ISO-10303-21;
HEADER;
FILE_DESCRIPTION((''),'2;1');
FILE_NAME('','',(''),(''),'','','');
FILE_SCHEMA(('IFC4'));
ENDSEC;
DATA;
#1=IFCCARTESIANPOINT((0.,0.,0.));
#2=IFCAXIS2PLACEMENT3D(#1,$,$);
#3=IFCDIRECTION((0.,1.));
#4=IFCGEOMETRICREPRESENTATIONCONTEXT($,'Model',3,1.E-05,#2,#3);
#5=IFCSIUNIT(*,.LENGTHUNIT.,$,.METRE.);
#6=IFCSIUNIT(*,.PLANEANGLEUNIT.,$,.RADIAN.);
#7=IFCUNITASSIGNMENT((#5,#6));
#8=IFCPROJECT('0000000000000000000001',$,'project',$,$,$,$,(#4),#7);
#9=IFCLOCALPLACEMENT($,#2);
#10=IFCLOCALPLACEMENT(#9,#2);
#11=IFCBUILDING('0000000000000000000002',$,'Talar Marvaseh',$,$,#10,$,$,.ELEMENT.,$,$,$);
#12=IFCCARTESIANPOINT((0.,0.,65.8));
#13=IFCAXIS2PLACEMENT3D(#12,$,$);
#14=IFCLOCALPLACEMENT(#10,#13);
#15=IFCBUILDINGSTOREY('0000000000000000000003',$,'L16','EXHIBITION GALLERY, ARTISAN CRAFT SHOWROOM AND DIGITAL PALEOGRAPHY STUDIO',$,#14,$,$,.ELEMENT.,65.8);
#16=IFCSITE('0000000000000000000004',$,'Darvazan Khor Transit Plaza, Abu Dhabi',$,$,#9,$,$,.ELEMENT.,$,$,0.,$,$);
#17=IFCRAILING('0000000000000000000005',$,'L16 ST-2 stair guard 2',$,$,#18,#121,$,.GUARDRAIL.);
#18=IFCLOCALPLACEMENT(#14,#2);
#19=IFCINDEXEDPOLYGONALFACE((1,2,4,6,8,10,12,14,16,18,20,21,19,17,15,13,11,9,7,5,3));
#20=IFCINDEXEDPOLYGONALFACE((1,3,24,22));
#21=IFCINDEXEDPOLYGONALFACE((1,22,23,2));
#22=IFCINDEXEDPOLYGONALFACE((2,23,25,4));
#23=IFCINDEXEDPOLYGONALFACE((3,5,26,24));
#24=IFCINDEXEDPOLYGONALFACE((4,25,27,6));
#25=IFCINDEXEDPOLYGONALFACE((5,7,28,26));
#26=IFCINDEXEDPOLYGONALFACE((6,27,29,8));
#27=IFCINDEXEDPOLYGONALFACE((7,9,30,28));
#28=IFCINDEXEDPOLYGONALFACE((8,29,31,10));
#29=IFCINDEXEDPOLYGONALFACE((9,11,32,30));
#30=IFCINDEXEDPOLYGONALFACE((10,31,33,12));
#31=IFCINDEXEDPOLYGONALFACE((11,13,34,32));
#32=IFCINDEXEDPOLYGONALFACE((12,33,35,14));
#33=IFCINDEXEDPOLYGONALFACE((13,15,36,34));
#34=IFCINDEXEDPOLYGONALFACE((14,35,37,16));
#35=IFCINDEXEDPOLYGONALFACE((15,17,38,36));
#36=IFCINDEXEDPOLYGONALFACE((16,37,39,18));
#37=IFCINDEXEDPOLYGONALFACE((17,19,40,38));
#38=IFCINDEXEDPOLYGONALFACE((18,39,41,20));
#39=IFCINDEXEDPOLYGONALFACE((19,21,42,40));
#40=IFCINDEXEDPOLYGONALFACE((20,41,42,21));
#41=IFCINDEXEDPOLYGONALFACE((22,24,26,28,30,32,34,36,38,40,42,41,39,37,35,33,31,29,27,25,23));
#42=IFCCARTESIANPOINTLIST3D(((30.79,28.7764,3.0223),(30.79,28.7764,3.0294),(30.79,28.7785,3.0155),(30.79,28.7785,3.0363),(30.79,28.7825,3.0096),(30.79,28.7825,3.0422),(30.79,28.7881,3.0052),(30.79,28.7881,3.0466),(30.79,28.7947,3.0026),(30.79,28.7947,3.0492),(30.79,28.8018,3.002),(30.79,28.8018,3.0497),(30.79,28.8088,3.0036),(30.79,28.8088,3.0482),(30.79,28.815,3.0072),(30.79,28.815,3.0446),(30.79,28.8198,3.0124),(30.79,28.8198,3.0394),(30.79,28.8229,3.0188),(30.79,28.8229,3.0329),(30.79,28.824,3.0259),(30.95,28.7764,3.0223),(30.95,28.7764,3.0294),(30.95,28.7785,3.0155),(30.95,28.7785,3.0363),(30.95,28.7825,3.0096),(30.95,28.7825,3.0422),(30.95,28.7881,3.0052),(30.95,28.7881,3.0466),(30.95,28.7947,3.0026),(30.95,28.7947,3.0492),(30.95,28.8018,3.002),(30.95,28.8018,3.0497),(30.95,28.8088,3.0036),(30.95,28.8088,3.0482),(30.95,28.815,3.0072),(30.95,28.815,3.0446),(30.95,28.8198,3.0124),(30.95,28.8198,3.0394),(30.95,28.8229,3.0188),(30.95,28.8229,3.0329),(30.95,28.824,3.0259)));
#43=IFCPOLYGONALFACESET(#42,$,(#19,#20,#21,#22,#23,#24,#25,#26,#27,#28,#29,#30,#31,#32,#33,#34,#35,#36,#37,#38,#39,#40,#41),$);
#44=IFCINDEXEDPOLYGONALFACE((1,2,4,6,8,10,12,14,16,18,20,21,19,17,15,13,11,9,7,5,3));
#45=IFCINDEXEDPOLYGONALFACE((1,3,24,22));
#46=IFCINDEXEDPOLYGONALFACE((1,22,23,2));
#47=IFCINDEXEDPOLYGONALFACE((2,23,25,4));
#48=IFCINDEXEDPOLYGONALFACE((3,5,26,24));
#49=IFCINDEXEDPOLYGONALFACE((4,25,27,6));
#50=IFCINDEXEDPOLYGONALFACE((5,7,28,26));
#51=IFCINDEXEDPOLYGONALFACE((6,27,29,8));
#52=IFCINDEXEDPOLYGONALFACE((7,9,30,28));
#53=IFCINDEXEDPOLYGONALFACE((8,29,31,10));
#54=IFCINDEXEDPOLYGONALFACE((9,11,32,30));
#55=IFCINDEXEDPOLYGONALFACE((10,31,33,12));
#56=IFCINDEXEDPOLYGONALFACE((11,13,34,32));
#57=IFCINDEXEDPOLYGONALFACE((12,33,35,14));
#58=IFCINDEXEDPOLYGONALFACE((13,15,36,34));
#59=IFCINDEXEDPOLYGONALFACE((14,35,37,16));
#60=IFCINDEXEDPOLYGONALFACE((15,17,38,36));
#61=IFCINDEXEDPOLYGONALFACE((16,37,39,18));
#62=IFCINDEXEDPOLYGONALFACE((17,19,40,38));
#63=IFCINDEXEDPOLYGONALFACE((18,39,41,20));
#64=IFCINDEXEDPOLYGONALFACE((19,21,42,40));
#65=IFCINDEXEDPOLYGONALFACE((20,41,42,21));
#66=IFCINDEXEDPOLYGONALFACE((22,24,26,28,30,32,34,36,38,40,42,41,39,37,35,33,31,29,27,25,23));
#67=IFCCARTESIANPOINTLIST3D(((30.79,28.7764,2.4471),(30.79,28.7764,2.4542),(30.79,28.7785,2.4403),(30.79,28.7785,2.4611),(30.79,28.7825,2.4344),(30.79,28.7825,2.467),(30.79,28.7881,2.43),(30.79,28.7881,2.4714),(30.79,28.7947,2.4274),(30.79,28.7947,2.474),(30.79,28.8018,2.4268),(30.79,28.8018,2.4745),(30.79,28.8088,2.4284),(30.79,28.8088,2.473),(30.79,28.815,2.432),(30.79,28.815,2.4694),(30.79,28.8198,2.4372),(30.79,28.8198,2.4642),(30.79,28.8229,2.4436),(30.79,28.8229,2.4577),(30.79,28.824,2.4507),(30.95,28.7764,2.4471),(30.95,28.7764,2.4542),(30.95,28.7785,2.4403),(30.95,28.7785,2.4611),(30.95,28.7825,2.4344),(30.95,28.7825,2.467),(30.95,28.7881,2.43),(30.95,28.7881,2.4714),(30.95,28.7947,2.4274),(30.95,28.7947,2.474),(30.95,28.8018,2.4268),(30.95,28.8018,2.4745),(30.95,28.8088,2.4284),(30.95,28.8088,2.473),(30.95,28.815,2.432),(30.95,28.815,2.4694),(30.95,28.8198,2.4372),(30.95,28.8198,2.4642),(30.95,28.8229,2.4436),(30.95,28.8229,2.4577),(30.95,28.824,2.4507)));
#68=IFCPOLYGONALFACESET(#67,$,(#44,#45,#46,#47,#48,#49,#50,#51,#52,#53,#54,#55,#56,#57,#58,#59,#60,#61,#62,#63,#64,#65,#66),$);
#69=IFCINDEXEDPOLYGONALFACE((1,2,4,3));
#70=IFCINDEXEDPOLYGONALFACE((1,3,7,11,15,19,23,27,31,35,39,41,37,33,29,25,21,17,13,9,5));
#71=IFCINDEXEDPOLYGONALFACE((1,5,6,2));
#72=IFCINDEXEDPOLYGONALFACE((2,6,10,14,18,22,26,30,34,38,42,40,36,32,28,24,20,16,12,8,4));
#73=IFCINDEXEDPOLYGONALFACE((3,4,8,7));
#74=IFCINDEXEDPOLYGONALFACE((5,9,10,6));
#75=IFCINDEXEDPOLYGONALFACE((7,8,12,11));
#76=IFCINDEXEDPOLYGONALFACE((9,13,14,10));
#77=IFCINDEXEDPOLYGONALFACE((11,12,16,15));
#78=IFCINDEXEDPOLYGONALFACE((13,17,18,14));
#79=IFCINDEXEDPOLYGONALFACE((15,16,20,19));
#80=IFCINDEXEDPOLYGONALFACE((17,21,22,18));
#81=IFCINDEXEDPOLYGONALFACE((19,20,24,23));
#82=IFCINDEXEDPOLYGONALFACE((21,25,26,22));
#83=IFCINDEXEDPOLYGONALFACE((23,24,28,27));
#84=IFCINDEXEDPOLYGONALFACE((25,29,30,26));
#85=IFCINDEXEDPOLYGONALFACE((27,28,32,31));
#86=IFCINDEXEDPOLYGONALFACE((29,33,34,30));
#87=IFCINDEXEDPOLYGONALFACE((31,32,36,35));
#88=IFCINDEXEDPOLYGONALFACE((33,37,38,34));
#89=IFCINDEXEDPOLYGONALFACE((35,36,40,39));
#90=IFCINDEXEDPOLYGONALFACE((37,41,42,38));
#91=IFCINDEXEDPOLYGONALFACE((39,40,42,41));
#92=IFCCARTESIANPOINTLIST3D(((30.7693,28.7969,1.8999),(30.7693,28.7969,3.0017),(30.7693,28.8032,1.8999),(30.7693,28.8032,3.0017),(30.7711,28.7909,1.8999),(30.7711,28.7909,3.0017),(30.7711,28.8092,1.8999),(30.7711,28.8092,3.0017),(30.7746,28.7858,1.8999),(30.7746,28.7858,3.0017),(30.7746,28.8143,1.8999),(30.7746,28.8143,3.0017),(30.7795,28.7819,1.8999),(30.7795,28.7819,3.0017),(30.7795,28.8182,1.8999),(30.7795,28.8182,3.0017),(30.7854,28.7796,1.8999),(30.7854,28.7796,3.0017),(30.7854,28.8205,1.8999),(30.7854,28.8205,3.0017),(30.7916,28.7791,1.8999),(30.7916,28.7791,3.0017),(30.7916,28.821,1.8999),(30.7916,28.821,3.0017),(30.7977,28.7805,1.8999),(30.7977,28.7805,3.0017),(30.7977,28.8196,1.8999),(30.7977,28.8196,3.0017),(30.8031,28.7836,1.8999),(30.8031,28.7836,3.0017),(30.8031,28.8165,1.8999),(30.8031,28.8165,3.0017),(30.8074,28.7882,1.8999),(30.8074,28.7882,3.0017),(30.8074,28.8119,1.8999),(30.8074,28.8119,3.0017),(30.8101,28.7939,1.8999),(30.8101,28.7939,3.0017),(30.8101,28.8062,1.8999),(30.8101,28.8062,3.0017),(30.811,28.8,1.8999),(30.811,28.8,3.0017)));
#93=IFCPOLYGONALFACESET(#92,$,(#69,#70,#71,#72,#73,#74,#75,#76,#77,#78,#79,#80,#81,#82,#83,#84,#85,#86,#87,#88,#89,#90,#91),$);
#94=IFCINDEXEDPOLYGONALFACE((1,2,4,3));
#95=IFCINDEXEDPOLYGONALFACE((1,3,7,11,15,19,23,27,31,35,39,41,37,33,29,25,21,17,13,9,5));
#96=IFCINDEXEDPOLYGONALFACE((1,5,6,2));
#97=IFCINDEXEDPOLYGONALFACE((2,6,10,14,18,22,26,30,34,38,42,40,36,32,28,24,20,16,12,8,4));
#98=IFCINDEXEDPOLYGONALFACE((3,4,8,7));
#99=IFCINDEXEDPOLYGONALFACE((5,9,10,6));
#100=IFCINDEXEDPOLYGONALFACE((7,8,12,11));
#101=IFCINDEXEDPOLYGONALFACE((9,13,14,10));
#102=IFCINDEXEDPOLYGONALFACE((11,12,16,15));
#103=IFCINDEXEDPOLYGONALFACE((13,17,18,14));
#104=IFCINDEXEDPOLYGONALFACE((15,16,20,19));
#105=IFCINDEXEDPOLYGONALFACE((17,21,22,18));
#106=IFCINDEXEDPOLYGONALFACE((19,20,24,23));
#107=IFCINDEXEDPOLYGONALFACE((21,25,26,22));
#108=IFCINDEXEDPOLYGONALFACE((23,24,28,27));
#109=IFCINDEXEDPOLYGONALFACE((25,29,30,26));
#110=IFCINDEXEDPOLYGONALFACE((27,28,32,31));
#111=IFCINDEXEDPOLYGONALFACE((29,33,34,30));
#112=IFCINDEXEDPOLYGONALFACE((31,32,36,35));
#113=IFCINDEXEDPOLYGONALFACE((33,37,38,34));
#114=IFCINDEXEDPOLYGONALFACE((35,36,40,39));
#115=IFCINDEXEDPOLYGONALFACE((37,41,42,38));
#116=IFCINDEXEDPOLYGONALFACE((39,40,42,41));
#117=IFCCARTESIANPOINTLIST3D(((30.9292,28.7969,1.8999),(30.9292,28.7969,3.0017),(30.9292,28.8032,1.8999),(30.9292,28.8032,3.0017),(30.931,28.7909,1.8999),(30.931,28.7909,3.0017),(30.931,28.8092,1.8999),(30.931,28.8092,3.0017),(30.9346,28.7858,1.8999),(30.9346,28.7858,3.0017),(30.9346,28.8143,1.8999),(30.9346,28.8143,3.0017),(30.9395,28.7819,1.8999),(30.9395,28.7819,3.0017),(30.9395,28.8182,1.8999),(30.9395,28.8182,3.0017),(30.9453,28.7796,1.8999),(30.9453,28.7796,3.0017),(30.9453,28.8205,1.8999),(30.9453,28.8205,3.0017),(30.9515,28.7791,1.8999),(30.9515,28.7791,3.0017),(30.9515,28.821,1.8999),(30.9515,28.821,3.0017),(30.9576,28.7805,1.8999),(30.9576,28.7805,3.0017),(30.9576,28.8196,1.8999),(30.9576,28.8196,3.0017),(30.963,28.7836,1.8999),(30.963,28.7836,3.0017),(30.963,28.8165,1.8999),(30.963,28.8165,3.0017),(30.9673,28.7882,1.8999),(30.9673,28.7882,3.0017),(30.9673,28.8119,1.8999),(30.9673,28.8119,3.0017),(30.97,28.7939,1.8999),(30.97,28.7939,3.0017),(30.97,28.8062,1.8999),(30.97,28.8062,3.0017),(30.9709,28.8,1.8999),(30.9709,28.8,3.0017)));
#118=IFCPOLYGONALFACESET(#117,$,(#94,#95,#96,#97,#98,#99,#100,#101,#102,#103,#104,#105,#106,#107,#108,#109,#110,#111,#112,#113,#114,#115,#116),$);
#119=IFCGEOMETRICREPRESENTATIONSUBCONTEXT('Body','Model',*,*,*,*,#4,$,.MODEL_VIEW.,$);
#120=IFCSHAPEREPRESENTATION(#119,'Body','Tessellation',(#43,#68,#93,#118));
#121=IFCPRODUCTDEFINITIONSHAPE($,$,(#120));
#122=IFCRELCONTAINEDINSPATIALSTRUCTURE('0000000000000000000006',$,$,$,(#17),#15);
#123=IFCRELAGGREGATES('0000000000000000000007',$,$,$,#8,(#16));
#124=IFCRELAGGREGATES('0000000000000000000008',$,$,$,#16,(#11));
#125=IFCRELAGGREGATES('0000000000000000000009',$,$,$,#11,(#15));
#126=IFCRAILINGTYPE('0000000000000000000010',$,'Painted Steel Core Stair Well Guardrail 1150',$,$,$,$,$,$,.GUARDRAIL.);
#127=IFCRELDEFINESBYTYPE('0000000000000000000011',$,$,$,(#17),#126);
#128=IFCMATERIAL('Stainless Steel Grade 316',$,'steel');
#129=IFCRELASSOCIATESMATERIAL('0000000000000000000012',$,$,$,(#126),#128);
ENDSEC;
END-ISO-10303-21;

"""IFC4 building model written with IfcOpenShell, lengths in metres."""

from ifc_helpers import new_model, si_unit, direction, frame, origin, origin_2d, place, context, subcontext, project, spatial, circle, extrude, material, type_object, element, save


model = new_model("IFC4")

# Units and contexts
model_context = context("Model", 3, precision=1e-05, world=origin(), true_north=direction((0.0, 1.0)))
body_context = subcontext(model_context, "Body", "Model", "MODEL_VIEW")
ifc_project = project(units=[si_unit("LENGTHUNIT", "METRE"), si_unit("PLANEANGLEUNIT", "RADIAN")], contexts=[model_context])

# Site, building, storey
site_placement = place(None, origin())
site = spatial("IfcSite", under=ifc_project, at=site_placement, Name="Darvazan Khor Transit Plaza, Abu Dhabi", CompositionType="ELEMENT", RefElevation=0.0)
building_placement = place(site_placement, origin())
building = spatial("IfcBuilding", under=site, at=building_placement, Name="Talar Marvaseh", CompositionType="ELEMENT")
storey_placement = place(building_placement, frame((0.0, 0.0, 65.8)))
storey = spatial("IfcBuildingStorey", under=building, at=storey_placement, Name="L16", Description="EXHIBITION GALLERY, ARTISAN CRAFT SHOWROOM AND DIGITAL PALEOGRAPHY STUDIO", CompositionType="ELEMENT", Elevation=65.8)

# Railing
ifc_material_1 = material(Name="Stainless Steel Grade 316", Category="steel")
railing_type_1 = type_object("IfcRailingType", Name="Painted Steel Core Stair Well Guardrail 1150", PredefinedType="GUARDRAIL", material=ifc_material_1)
railing_1_placement = place(storey_placement, frame((30.79, 28.8, 1.8999)))
element("IfcRailing", 1, at=railing_1_placement, inside=storey, type_object=railing_type_1, Name="L16 ST-2 stair guard 2", PredefinedType="GUARDRAIL", context=body_context, shape_type="SweptSolid", body=[
    extrude(circle(Radius=0.0239, at=origin_2d()), frame((0.0, 0.0, 1.126), z_axis=(1.0, 0.0, 0.0), x_axis=(0.0, 1.0, 0.0)), (0.0, 0.0, 1.0), 0.1599),
    extrude(circle(Radius=0.0239, at=origin_2d()), frame((0.0, 0.0, 0.5508), z_axis=(1.0, 0.0, 0.0), x_axis=(0.0, 1.0, 0.0)), (0.0, 0.0, 1.0), 0.1599),
    extrude(circle(Radius=0.021, at=origin_2d()), origin(), (0.0, 0.0, 1.0), 1.1018),
    extrude(circle(Radius=0.021, at=origin_2d()), frame((0.1599, 0.0, 0.0)), (0.0, 0.0, 1.0), 1.1018),
])

save(model, "model.ifc")
